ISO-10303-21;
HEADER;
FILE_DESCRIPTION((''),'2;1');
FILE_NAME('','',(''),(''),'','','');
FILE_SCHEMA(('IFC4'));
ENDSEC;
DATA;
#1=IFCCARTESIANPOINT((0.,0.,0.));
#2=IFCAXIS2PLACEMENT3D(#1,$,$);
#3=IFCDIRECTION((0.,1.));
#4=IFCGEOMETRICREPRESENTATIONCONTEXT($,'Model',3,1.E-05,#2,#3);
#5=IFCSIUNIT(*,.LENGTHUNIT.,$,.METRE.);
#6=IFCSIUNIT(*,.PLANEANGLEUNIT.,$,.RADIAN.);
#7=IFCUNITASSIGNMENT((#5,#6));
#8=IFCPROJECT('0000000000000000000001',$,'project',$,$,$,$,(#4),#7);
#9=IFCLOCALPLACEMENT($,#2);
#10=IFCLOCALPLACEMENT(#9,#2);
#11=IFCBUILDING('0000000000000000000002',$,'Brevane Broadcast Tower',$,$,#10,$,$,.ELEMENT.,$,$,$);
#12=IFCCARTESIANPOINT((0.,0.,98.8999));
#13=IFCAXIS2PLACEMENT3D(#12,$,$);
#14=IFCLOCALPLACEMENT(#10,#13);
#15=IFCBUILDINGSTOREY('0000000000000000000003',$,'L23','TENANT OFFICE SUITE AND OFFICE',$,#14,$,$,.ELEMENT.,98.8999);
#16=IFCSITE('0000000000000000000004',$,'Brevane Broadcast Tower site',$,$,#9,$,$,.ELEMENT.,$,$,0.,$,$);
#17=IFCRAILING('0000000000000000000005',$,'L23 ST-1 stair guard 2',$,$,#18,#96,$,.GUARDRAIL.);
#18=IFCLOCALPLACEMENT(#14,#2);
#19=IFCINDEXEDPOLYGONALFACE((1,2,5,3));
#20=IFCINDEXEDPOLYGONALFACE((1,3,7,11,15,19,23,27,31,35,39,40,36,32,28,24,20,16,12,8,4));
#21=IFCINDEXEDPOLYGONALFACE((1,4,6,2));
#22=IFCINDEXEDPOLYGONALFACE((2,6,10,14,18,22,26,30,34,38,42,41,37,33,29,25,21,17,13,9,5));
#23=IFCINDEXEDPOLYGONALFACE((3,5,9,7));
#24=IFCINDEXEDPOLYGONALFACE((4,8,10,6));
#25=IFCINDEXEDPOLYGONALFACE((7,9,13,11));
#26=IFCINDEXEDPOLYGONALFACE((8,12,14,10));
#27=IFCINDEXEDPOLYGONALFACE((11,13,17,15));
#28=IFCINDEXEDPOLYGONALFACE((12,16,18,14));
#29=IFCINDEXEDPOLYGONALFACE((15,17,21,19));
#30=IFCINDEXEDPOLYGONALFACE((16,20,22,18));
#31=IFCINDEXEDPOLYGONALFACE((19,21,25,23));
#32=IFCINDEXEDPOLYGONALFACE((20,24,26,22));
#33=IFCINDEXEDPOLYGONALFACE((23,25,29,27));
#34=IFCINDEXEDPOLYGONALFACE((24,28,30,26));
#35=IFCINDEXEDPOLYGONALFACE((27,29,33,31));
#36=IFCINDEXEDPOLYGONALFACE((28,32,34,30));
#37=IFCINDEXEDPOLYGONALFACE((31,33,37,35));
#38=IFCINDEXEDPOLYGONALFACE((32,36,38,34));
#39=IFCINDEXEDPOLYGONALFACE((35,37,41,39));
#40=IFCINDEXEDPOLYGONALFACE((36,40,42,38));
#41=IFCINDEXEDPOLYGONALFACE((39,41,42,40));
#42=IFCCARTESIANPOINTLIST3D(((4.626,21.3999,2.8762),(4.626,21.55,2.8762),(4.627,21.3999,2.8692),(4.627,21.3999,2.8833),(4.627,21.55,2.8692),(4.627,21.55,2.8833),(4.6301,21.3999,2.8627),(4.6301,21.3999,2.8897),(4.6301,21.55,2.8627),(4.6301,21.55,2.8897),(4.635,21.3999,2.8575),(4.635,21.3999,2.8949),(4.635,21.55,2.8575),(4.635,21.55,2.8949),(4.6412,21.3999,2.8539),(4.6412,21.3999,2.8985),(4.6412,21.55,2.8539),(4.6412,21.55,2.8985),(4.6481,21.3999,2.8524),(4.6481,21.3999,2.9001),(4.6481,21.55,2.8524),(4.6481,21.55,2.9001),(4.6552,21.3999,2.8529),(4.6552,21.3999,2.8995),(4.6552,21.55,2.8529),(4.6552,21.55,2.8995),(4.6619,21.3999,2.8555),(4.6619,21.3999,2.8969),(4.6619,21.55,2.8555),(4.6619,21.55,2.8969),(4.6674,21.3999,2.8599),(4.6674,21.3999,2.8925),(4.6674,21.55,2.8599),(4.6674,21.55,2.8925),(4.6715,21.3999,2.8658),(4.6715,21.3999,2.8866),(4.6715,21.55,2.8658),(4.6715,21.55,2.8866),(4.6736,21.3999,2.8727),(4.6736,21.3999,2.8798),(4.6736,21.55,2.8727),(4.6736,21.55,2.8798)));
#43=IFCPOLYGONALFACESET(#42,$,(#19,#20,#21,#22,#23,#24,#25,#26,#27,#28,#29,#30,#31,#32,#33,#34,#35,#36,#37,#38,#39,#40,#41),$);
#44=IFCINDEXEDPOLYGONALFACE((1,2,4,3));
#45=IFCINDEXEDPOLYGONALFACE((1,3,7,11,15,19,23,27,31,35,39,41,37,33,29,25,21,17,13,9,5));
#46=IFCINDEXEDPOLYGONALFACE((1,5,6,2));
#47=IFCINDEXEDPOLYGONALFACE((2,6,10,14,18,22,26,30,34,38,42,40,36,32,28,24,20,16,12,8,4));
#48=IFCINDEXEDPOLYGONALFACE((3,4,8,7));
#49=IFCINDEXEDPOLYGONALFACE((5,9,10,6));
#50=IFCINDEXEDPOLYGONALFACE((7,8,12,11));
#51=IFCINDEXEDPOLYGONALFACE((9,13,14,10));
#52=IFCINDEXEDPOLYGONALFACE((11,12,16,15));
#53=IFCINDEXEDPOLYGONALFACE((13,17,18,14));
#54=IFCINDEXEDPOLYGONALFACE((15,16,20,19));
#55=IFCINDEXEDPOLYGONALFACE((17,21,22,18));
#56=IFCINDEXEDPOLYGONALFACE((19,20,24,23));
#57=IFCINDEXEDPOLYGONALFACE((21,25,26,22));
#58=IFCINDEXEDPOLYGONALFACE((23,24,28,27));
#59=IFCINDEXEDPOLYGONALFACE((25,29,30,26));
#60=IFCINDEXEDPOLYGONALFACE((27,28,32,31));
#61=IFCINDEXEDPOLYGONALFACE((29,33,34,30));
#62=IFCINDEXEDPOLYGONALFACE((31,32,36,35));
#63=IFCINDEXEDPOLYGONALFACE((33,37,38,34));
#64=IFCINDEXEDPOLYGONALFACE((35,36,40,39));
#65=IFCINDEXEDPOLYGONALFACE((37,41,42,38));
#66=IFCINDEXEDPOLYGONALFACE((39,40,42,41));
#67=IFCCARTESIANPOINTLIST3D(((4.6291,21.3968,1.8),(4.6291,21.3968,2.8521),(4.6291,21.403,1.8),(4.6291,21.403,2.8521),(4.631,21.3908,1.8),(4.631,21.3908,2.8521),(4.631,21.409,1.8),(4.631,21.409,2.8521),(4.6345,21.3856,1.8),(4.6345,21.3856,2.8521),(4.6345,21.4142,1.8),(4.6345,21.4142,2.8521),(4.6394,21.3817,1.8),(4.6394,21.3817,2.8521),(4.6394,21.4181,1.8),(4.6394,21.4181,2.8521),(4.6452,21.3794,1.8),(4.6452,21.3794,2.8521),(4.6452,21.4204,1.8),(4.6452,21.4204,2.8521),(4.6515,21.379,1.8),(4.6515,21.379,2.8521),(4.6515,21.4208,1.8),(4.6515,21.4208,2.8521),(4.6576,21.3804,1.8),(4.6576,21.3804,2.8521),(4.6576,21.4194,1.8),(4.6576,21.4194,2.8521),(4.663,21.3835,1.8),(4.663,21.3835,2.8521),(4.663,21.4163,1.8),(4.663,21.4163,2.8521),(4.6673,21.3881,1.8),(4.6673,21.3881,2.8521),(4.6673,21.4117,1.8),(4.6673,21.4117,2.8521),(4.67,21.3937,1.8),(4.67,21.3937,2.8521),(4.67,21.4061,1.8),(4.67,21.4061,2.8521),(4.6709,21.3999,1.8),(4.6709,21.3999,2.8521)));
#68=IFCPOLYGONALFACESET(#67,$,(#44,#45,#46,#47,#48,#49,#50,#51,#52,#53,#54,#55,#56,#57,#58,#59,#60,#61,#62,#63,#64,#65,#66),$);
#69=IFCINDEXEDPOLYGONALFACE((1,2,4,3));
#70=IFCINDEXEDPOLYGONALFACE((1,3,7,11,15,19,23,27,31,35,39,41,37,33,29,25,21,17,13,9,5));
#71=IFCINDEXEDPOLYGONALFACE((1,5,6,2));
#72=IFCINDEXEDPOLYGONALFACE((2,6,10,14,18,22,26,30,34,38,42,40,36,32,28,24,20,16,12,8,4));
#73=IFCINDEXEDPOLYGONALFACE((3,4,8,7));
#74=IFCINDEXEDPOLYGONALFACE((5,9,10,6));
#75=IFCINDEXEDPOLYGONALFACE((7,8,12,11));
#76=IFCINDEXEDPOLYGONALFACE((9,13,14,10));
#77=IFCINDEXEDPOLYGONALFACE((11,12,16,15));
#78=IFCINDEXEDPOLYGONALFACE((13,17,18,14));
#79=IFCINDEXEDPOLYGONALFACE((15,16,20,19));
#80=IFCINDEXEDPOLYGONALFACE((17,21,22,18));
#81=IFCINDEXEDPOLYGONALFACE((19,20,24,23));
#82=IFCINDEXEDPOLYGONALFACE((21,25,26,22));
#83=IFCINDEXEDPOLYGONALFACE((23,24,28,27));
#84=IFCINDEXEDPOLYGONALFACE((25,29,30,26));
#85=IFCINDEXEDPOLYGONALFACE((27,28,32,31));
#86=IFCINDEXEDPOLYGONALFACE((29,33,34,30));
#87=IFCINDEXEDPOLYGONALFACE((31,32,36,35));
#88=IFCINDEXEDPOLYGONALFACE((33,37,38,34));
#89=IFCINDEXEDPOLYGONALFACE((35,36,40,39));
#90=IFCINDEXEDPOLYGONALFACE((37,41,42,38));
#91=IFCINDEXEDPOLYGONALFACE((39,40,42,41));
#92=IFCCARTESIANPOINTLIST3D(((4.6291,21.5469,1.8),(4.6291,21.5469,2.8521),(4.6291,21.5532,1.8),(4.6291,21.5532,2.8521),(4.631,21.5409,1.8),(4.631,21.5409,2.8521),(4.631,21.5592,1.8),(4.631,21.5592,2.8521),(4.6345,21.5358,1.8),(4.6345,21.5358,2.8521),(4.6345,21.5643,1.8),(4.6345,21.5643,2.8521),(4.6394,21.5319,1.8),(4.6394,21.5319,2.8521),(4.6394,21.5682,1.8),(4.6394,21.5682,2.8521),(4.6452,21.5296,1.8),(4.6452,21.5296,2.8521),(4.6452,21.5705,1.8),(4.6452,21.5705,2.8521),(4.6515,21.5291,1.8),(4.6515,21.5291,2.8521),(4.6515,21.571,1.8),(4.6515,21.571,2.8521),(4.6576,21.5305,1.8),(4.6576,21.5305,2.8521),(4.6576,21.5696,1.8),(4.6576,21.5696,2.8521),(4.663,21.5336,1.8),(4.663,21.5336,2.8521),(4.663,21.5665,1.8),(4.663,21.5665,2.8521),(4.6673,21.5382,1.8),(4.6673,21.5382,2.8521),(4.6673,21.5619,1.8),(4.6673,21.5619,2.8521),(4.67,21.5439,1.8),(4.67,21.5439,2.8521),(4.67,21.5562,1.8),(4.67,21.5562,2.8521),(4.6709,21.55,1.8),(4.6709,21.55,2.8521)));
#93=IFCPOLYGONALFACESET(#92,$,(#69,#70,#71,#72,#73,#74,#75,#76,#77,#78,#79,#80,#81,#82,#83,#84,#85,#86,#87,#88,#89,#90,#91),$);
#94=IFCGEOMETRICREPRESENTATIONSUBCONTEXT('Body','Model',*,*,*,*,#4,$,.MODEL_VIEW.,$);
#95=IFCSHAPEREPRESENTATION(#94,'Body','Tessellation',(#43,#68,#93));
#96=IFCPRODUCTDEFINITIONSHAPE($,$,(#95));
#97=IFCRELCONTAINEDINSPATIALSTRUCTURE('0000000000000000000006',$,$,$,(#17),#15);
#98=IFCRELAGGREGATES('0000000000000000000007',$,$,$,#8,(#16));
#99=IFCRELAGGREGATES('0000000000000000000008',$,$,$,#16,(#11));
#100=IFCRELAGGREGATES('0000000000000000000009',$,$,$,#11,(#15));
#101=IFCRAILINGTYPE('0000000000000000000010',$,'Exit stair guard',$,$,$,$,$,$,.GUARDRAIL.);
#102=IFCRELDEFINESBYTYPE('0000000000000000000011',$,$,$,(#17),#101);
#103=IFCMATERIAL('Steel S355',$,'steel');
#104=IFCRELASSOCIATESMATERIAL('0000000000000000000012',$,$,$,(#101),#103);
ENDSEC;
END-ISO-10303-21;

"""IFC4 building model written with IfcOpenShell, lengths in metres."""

from ifc_helpers import new_model, si_unit, direction, frame, origin, origin_2d, place, context, subcontext, project, spatial, circle, extrude, material, type_object, element, save


model = new_model("IFC4")

# Units and contexts
model_context = context("Model", 3, precision=1e-05, world=origin(), true_north=direction((0.0, 1.0)))
body_context = subcontext(model_context, "Body", "Model", "MODEL_VIEW")
ifc_project = project(units=[si_unit("LENGTHUNIT", "METRE"), si_unit("PLANEANGLEUNIT", "RADIAN")], contexts=[model_context])

# Site, building, storey
site_placement = place(None, origin())
site = spatial("IfcSite", under=ifc_project, at=site_placement, Name="Brevane Broadcast Tower site", CompositionType="ELEMENT", RefElevation=0.0)
building_placement = place(site_placement, origin())
building = spatial("IfcBuilding", under=site, at=building_placement, Name="Brevane Broadcast Tower", CompositionType="ELEMENT")
storey_placement = place(building_placement, frame((0.0, 0.0, 98.8999)))
storey = spatial("IfcBuildingStorey", under=building, at=storey_placement, Name="L23", Description="TENANT OFFICE SUITE AND OFFICE", CompositionType="ELEMENT", Elevation=98.8999)

# Railing
ifc_material_1 = material(Name="Steel S355", Category="steel")
railing_type_1 = type_object("IfcRailingType", Name="Exit stair guard", PredefinedType="GUARDRAIL", material=ifc_material_1)
railing_1_placement = place(storey_placement, frame((4.6499, 21.3999, 1.8)))
element("IfcRailing", 1, at=railing_1_placement, inside=storey, type_object=railing_type_1, Name="L23 ST-1 stair guard 2", PredefinedType="GUARDRAIL", context=body_context, shape_type="SweptSolid", body=[
    extrude(circle(Radius=0.0239, at=origin_2d()), frame((0.0, 0.0, 1.0762), z_axis=(0.0, 1.0, 0.0), x_axis=(-1.0, 0.0, 0.0)), (0.0, 0.0, 1.0), 0.1501),
    extrude(circle(Radius=0.021, at=origin_2d()), origin(), (0.0, 0.0, 1.0), 1.052),
    extrude(circle(Radius=0.021, at=origin_2d()), frame((0.0, 0.1501, 0.0)), (0.0, 0.0, 1.0), 1.052),
])

save(model, "model.ifc")
